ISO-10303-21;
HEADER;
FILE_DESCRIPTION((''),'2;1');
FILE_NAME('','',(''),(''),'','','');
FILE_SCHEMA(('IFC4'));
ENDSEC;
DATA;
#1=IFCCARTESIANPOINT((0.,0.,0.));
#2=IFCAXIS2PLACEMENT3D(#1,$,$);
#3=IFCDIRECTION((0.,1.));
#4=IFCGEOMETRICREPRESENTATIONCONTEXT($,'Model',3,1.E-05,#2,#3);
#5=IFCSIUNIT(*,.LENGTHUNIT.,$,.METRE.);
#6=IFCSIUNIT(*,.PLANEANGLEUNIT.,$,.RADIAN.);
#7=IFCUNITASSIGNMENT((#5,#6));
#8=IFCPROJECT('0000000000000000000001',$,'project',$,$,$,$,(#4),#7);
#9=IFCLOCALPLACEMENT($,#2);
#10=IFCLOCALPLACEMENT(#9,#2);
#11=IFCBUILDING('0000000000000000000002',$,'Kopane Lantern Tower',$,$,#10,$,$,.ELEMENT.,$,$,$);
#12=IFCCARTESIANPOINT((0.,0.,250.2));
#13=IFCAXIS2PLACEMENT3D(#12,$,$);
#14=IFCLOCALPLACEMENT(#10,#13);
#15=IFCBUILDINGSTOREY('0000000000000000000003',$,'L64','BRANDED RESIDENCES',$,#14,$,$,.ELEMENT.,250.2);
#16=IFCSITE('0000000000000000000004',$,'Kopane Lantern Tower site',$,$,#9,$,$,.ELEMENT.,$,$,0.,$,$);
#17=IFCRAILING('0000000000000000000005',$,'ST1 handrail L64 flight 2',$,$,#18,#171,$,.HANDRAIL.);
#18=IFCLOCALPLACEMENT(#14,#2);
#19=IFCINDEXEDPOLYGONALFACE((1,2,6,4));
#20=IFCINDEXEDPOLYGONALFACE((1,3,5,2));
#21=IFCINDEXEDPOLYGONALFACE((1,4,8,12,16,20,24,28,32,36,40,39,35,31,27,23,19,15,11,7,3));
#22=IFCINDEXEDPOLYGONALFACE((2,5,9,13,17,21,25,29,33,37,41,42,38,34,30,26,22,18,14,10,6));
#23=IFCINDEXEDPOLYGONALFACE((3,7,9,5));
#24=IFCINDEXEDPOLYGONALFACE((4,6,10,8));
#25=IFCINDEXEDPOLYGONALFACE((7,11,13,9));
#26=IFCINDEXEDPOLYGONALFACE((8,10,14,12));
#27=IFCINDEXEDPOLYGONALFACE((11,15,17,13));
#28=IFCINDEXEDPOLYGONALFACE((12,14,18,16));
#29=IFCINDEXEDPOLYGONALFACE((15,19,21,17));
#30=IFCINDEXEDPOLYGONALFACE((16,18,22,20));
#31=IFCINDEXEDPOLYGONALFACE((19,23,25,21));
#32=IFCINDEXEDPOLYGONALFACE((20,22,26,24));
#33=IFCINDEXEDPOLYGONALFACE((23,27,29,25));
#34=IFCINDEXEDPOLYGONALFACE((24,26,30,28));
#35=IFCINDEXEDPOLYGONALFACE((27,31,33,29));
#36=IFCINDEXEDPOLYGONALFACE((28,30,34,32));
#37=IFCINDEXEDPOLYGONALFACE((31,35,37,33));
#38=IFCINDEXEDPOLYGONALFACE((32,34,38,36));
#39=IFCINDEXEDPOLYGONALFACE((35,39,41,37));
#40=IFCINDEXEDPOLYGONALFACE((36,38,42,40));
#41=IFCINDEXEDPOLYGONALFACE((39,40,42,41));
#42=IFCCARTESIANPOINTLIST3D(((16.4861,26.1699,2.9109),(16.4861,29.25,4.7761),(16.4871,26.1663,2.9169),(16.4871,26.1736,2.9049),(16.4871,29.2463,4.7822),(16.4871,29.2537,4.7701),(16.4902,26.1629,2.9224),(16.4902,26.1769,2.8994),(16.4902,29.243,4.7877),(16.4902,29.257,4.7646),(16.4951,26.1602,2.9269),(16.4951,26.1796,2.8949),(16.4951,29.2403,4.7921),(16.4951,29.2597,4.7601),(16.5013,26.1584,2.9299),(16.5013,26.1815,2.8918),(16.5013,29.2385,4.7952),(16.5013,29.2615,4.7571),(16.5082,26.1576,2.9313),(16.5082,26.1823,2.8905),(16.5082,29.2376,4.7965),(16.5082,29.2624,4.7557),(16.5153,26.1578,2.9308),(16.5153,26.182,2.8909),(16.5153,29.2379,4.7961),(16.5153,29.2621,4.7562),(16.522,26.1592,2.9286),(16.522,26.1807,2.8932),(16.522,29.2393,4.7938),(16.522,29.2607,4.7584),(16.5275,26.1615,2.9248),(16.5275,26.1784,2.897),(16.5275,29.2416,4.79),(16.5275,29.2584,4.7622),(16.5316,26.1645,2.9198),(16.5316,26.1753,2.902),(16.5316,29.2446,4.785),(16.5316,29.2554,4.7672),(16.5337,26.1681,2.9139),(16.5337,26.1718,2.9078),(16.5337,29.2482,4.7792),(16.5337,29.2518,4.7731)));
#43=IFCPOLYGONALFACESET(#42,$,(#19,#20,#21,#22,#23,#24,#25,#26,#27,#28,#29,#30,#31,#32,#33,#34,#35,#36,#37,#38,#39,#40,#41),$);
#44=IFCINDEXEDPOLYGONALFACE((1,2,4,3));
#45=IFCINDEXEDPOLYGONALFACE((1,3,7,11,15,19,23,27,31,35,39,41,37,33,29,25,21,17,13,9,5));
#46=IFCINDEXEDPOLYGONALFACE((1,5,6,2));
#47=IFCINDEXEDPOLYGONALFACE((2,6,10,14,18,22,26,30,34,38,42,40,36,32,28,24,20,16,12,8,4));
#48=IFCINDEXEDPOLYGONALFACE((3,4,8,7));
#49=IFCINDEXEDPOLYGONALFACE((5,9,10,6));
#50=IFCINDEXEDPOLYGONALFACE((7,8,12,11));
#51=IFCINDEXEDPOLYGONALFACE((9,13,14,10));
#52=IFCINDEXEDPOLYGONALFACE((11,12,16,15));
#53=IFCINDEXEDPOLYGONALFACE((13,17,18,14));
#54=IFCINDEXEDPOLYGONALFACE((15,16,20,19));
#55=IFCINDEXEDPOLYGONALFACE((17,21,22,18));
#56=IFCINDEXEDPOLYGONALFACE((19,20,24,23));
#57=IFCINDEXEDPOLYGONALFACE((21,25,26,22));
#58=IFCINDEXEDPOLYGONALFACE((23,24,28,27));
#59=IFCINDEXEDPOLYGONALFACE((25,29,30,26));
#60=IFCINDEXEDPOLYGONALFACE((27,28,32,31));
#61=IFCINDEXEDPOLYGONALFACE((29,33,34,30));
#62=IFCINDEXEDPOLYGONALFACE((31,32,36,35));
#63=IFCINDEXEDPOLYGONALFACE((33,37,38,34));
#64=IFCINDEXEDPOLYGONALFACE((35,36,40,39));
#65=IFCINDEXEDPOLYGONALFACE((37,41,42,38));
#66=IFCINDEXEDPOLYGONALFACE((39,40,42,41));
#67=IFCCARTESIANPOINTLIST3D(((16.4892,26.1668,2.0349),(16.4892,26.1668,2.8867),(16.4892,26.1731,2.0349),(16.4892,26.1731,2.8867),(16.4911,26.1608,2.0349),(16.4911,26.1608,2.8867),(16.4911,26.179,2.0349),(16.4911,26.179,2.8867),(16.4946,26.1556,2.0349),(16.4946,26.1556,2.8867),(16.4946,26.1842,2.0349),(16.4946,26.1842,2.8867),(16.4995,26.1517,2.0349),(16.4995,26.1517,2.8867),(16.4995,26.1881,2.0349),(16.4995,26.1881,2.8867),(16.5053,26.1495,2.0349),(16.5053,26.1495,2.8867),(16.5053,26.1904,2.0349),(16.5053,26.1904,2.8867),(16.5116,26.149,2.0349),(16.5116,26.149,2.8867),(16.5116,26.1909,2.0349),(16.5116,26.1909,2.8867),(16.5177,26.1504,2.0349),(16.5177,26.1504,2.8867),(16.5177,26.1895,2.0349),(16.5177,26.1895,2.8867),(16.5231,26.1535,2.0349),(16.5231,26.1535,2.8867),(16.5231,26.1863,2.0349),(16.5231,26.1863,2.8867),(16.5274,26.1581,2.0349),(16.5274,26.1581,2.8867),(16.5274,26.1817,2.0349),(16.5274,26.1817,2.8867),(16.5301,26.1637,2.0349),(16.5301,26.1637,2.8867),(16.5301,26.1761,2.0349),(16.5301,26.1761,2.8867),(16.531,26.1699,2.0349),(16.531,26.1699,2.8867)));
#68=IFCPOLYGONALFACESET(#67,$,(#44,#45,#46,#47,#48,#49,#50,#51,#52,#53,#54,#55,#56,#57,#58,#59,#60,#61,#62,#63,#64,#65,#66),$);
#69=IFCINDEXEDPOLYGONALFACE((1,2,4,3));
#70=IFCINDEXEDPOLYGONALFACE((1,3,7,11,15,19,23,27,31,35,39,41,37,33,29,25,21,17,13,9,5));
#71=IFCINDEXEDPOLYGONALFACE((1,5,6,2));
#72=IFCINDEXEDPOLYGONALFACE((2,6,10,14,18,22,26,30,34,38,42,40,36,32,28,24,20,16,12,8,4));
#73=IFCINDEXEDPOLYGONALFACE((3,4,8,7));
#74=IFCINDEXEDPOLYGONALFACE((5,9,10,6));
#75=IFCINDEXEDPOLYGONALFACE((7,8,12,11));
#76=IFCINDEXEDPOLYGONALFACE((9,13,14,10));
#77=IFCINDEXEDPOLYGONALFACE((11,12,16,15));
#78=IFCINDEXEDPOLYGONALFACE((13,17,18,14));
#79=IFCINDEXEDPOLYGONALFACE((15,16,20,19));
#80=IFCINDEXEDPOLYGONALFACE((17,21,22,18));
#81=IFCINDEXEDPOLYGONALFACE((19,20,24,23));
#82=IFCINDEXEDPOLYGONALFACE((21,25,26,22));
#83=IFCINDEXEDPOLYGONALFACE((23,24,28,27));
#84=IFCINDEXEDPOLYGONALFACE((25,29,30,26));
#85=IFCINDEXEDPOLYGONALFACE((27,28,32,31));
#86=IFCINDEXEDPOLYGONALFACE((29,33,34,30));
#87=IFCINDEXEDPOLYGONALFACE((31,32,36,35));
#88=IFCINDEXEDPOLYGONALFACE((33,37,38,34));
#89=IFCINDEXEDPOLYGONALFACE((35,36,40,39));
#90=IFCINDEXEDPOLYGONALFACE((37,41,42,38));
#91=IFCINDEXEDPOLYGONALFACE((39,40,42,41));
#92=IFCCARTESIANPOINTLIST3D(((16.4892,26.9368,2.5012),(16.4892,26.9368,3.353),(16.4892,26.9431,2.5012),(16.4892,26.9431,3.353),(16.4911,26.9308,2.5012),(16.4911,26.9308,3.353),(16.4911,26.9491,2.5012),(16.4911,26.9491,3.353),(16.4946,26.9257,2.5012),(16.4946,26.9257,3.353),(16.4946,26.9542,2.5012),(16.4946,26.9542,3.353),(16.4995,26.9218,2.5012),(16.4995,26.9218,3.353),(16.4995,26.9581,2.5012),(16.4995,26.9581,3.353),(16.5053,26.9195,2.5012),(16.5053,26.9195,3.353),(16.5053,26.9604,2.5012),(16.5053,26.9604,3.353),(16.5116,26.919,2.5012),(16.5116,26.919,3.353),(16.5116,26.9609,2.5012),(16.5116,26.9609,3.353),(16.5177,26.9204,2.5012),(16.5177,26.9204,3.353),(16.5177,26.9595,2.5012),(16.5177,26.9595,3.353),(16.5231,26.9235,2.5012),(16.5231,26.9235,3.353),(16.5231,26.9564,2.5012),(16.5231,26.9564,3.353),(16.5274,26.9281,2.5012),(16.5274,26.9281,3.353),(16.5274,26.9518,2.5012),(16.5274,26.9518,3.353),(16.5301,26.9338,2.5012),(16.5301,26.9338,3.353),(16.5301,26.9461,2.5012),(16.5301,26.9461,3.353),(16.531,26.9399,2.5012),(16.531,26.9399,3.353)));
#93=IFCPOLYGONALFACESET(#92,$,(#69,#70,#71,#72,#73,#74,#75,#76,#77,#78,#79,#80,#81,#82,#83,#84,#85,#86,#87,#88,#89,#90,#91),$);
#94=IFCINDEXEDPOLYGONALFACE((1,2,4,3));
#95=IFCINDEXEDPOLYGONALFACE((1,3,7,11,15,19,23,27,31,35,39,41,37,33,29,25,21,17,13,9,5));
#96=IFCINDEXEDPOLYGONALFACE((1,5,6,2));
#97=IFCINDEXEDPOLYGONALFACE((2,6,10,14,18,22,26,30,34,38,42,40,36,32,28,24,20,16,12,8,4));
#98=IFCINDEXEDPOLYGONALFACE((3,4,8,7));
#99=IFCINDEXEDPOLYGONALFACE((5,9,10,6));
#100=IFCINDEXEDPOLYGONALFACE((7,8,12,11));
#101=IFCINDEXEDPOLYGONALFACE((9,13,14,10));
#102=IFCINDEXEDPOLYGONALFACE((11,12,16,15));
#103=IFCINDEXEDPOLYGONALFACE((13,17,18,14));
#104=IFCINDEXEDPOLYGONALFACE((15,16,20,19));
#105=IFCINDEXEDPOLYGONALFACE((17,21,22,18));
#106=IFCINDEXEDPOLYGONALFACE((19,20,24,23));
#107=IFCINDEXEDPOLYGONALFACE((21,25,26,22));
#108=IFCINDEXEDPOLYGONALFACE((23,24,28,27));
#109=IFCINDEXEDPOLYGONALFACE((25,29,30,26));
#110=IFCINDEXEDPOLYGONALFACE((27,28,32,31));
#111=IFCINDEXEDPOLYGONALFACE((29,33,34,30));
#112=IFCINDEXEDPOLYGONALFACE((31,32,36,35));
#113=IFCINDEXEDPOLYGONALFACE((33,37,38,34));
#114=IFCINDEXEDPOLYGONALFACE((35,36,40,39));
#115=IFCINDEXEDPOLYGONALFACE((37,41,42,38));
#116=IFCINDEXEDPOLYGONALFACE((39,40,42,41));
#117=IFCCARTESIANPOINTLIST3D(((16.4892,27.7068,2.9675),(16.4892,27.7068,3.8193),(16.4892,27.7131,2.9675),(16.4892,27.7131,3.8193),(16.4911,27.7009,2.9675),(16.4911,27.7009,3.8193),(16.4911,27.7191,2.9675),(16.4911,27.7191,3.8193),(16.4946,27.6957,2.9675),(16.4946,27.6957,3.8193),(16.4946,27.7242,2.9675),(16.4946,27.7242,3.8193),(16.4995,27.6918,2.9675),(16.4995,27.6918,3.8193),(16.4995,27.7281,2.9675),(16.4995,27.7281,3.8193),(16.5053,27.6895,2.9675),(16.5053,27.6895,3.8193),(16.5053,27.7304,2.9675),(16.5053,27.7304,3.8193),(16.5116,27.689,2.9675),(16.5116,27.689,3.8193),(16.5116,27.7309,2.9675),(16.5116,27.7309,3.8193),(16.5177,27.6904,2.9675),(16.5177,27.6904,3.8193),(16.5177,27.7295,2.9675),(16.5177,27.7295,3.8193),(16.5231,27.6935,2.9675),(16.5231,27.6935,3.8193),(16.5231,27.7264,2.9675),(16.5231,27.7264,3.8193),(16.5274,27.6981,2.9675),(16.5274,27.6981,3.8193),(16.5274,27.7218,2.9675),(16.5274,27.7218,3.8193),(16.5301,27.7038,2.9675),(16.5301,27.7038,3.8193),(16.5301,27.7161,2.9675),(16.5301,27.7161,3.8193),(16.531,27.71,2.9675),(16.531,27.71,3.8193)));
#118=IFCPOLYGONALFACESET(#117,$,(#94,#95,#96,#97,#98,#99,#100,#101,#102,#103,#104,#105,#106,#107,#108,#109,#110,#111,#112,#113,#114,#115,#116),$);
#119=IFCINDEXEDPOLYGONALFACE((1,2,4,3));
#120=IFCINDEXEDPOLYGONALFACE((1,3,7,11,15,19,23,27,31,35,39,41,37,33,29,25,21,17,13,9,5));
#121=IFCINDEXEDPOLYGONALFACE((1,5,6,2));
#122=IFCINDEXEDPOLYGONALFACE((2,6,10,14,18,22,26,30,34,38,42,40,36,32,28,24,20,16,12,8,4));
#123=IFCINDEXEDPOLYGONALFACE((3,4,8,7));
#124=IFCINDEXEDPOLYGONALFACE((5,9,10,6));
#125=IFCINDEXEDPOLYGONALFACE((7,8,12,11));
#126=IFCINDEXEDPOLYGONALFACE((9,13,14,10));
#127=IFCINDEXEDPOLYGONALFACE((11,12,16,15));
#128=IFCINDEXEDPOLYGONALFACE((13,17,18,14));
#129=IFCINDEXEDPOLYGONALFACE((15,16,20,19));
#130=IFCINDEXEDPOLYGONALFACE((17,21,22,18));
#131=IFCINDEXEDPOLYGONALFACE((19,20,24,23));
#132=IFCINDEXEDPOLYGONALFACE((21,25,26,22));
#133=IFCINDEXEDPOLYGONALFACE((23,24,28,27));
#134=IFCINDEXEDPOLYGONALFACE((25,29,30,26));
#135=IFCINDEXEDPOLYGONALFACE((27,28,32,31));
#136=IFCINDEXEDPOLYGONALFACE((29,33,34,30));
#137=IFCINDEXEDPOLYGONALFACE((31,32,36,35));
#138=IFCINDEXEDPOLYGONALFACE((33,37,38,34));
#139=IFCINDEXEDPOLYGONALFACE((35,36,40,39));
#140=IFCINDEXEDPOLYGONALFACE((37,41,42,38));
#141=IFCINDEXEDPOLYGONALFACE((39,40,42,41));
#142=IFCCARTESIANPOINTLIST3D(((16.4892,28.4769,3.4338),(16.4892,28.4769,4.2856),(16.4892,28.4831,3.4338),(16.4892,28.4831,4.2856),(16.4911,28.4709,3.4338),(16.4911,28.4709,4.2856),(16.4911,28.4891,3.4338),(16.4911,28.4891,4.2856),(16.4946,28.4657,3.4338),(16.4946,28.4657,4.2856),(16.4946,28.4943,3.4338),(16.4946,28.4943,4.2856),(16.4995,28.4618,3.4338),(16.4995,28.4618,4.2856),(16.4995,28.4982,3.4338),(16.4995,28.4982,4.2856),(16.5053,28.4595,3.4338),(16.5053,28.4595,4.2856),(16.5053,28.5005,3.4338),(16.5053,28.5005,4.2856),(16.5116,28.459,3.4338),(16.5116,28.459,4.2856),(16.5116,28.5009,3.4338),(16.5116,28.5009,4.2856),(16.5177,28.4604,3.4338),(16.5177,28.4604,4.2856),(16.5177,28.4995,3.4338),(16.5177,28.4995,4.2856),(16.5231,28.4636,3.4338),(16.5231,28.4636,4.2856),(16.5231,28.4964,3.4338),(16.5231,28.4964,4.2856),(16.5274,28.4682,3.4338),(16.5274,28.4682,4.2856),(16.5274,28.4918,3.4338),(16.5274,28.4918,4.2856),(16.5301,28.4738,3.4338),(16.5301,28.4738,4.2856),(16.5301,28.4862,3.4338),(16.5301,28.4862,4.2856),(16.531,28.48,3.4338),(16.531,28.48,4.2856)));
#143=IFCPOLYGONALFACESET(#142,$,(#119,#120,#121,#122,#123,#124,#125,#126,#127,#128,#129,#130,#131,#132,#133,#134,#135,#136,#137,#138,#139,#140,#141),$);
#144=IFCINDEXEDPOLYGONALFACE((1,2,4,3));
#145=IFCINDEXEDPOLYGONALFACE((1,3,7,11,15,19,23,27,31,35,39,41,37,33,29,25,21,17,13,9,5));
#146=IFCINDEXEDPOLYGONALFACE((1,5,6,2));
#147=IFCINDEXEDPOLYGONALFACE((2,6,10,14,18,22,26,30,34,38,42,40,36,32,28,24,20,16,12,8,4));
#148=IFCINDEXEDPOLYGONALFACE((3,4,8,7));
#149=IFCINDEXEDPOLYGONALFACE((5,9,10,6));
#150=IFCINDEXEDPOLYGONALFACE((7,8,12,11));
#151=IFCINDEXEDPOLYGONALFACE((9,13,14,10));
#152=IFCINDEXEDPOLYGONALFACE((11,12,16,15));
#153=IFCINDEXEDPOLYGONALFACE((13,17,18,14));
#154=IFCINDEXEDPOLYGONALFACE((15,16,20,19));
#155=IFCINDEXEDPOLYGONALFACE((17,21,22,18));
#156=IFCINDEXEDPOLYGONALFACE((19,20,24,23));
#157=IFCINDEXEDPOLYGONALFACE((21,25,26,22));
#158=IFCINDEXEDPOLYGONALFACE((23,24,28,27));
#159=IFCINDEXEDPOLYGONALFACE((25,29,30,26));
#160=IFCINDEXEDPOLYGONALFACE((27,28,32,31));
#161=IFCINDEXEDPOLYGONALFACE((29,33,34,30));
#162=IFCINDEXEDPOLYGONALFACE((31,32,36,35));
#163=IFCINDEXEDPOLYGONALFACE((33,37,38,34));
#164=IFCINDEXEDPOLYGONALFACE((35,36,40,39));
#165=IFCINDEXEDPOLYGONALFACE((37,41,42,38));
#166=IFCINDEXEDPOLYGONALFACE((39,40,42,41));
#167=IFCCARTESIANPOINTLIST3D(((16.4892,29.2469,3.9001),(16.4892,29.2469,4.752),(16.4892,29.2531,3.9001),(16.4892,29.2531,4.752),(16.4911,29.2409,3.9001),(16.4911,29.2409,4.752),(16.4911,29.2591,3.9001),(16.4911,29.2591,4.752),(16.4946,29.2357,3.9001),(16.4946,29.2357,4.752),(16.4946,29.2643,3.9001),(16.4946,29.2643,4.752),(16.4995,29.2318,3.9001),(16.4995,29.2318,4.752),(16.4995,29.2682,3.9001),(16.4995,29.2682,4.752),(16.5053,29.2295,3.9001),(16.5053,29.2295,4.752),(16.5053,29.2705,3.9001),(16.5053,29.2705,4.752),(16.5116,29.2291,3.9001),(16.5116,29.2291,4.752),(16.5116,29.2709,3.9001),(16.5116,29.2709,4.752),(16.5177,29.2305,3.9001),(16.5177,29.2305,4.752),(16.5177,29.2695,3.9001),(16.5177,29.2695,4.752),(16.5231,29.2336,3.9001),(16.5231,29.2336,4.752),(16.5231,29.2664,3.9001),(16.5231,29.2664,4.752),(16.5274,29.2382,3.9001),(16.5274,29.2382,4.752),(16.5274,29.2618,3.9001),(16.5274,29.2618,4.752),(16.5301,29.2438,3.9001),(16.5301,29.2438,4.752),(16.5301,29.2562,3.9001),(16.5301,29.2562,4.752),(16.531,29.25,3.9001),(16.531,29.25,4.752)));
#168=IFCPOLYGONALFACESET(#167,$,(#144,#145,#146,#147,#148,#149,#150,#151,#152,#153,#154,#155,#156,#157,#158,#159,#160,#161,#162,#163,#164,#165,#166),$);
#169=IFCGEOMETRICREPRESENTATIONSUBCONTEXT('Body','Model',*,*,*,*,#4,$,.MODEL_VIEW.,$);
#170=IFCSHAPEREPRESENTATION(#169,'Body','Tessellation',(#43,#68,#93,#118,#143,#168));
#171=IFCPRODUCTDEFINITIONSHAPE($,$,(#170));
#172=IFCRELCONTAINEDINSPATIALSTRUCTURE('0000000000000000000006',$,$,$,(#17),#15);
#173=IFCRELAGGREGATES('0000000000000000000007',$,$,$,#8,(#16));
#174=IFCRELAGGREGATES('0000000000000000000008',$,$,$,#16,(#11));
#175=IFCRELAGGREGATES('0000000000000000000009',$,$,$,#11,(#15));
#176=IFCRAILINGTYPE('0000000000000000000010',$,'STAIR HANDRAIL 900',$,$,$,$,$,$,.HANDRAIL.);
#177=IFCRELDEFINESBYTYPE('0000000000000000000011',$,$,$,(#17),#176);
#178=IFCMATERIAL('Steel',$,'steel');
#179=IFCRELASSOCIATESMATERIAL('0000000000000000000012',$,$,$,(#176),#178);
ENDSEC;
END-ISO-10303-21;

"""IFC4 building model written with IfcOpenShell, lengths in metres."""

from ifc_helpers import new_model, si_unit, direction, frame, origin, origin_2d, place, context, subcontext, project, spatial, circle, extrude, material, type_object, element, save


model = new_model("IFC4")

# Units and contexts
model_context = context("Model", 3, precision=1e-05, world=origin(), true_north=direction((0.0, 1.0)))
body_context = subcontext(model_context, "Body", "Model", "MODEL_VIEW")
ifc_project = project(units=[si_unit("LENGTHUNIT", "METRE"), si_unit("PLANEANGLEUNIT", "RADIAN")], contexts=[model_context])

# Site, building, storey
site_placement = place(None, origin())
site = spatial("IfcSite", under=ifc_project, at=site_placement, Name="Kopane Lantern Tower site", CompositionType="ELEMENT", RefElevation=0.0)
building_placement = place(site_placement, origin())
building = spatial("IfcBuilding", under=site, at=building_placement, Name="Kopane Lantern Tower", CompositionType="ELEMENT")
storey_placement = place(building_placement, frame((0.0, 0.0, 250.2)))
storey = spatial("IfcBuildingStorey", under=building, at=storey_placement, Name="L64", Description="BRANDED RESIDENCES", CompositionType="ELEMENT", Elevation=250.2)

# Railing
ifc_material_1 = material(Name="Steel", Category="steel")
railing_type_1 = type_object("IfcRailingType", Name="STAIR HANDRAIL 900", PredefinedType="HANDRAIL", material=ifc_material_1)
for number, where, name in (
    (1, (16.51, 26.1699, 2.0349), "ST1 handrail L64 flight 2"),
):
    element("IfcRailing", number, at=place(storey_placement, frame(where)), inside=storey, type_object=railing_type_1, Name=name, PredefinedType="HANDRAIL", context=body_context, shape_type="SweptSolid", body=[
        extrude(circle(Radius=0.0239, at=origin_2d()), frame((0.0, 0.0, 0.876), z_axis=(0.0, 0.85538, 0.518001), x_axis=(-1.0, 0.0, 0.0)), (0.0, 0.0, 1.0), 3.6008),
        extrude(circle(Radius=0.021, at=origin_2d()), origin(), (0.0, 0.0, 1.0), 0.8518),
        extrude(circle(Radius=0.021, at=origin_2d()), frame((0.0, 0.77, 0.4663)), (0.0, 0.0, 1.0), 0.8518),
        extrude(circle(Radius=0.021, at=origin_2d()), frame((0.0, 1.54, 0.9326)), (0.0, 0.0, 1.0), 0.8518),
        extrude(circle(Radius=0.021, at=origin_2d()), frame((0.0, 2.3101, 1.3989)), (0.0, 0.0, 1.0), 0.8518),
        extrude(circle(Radius=0.021, at=origin_2d()), frame((0.0, 3.0801, 1.8652)), (0.0, 0.0, 1.0), 0.8518),
    ])

save(model, "model.ifc")
